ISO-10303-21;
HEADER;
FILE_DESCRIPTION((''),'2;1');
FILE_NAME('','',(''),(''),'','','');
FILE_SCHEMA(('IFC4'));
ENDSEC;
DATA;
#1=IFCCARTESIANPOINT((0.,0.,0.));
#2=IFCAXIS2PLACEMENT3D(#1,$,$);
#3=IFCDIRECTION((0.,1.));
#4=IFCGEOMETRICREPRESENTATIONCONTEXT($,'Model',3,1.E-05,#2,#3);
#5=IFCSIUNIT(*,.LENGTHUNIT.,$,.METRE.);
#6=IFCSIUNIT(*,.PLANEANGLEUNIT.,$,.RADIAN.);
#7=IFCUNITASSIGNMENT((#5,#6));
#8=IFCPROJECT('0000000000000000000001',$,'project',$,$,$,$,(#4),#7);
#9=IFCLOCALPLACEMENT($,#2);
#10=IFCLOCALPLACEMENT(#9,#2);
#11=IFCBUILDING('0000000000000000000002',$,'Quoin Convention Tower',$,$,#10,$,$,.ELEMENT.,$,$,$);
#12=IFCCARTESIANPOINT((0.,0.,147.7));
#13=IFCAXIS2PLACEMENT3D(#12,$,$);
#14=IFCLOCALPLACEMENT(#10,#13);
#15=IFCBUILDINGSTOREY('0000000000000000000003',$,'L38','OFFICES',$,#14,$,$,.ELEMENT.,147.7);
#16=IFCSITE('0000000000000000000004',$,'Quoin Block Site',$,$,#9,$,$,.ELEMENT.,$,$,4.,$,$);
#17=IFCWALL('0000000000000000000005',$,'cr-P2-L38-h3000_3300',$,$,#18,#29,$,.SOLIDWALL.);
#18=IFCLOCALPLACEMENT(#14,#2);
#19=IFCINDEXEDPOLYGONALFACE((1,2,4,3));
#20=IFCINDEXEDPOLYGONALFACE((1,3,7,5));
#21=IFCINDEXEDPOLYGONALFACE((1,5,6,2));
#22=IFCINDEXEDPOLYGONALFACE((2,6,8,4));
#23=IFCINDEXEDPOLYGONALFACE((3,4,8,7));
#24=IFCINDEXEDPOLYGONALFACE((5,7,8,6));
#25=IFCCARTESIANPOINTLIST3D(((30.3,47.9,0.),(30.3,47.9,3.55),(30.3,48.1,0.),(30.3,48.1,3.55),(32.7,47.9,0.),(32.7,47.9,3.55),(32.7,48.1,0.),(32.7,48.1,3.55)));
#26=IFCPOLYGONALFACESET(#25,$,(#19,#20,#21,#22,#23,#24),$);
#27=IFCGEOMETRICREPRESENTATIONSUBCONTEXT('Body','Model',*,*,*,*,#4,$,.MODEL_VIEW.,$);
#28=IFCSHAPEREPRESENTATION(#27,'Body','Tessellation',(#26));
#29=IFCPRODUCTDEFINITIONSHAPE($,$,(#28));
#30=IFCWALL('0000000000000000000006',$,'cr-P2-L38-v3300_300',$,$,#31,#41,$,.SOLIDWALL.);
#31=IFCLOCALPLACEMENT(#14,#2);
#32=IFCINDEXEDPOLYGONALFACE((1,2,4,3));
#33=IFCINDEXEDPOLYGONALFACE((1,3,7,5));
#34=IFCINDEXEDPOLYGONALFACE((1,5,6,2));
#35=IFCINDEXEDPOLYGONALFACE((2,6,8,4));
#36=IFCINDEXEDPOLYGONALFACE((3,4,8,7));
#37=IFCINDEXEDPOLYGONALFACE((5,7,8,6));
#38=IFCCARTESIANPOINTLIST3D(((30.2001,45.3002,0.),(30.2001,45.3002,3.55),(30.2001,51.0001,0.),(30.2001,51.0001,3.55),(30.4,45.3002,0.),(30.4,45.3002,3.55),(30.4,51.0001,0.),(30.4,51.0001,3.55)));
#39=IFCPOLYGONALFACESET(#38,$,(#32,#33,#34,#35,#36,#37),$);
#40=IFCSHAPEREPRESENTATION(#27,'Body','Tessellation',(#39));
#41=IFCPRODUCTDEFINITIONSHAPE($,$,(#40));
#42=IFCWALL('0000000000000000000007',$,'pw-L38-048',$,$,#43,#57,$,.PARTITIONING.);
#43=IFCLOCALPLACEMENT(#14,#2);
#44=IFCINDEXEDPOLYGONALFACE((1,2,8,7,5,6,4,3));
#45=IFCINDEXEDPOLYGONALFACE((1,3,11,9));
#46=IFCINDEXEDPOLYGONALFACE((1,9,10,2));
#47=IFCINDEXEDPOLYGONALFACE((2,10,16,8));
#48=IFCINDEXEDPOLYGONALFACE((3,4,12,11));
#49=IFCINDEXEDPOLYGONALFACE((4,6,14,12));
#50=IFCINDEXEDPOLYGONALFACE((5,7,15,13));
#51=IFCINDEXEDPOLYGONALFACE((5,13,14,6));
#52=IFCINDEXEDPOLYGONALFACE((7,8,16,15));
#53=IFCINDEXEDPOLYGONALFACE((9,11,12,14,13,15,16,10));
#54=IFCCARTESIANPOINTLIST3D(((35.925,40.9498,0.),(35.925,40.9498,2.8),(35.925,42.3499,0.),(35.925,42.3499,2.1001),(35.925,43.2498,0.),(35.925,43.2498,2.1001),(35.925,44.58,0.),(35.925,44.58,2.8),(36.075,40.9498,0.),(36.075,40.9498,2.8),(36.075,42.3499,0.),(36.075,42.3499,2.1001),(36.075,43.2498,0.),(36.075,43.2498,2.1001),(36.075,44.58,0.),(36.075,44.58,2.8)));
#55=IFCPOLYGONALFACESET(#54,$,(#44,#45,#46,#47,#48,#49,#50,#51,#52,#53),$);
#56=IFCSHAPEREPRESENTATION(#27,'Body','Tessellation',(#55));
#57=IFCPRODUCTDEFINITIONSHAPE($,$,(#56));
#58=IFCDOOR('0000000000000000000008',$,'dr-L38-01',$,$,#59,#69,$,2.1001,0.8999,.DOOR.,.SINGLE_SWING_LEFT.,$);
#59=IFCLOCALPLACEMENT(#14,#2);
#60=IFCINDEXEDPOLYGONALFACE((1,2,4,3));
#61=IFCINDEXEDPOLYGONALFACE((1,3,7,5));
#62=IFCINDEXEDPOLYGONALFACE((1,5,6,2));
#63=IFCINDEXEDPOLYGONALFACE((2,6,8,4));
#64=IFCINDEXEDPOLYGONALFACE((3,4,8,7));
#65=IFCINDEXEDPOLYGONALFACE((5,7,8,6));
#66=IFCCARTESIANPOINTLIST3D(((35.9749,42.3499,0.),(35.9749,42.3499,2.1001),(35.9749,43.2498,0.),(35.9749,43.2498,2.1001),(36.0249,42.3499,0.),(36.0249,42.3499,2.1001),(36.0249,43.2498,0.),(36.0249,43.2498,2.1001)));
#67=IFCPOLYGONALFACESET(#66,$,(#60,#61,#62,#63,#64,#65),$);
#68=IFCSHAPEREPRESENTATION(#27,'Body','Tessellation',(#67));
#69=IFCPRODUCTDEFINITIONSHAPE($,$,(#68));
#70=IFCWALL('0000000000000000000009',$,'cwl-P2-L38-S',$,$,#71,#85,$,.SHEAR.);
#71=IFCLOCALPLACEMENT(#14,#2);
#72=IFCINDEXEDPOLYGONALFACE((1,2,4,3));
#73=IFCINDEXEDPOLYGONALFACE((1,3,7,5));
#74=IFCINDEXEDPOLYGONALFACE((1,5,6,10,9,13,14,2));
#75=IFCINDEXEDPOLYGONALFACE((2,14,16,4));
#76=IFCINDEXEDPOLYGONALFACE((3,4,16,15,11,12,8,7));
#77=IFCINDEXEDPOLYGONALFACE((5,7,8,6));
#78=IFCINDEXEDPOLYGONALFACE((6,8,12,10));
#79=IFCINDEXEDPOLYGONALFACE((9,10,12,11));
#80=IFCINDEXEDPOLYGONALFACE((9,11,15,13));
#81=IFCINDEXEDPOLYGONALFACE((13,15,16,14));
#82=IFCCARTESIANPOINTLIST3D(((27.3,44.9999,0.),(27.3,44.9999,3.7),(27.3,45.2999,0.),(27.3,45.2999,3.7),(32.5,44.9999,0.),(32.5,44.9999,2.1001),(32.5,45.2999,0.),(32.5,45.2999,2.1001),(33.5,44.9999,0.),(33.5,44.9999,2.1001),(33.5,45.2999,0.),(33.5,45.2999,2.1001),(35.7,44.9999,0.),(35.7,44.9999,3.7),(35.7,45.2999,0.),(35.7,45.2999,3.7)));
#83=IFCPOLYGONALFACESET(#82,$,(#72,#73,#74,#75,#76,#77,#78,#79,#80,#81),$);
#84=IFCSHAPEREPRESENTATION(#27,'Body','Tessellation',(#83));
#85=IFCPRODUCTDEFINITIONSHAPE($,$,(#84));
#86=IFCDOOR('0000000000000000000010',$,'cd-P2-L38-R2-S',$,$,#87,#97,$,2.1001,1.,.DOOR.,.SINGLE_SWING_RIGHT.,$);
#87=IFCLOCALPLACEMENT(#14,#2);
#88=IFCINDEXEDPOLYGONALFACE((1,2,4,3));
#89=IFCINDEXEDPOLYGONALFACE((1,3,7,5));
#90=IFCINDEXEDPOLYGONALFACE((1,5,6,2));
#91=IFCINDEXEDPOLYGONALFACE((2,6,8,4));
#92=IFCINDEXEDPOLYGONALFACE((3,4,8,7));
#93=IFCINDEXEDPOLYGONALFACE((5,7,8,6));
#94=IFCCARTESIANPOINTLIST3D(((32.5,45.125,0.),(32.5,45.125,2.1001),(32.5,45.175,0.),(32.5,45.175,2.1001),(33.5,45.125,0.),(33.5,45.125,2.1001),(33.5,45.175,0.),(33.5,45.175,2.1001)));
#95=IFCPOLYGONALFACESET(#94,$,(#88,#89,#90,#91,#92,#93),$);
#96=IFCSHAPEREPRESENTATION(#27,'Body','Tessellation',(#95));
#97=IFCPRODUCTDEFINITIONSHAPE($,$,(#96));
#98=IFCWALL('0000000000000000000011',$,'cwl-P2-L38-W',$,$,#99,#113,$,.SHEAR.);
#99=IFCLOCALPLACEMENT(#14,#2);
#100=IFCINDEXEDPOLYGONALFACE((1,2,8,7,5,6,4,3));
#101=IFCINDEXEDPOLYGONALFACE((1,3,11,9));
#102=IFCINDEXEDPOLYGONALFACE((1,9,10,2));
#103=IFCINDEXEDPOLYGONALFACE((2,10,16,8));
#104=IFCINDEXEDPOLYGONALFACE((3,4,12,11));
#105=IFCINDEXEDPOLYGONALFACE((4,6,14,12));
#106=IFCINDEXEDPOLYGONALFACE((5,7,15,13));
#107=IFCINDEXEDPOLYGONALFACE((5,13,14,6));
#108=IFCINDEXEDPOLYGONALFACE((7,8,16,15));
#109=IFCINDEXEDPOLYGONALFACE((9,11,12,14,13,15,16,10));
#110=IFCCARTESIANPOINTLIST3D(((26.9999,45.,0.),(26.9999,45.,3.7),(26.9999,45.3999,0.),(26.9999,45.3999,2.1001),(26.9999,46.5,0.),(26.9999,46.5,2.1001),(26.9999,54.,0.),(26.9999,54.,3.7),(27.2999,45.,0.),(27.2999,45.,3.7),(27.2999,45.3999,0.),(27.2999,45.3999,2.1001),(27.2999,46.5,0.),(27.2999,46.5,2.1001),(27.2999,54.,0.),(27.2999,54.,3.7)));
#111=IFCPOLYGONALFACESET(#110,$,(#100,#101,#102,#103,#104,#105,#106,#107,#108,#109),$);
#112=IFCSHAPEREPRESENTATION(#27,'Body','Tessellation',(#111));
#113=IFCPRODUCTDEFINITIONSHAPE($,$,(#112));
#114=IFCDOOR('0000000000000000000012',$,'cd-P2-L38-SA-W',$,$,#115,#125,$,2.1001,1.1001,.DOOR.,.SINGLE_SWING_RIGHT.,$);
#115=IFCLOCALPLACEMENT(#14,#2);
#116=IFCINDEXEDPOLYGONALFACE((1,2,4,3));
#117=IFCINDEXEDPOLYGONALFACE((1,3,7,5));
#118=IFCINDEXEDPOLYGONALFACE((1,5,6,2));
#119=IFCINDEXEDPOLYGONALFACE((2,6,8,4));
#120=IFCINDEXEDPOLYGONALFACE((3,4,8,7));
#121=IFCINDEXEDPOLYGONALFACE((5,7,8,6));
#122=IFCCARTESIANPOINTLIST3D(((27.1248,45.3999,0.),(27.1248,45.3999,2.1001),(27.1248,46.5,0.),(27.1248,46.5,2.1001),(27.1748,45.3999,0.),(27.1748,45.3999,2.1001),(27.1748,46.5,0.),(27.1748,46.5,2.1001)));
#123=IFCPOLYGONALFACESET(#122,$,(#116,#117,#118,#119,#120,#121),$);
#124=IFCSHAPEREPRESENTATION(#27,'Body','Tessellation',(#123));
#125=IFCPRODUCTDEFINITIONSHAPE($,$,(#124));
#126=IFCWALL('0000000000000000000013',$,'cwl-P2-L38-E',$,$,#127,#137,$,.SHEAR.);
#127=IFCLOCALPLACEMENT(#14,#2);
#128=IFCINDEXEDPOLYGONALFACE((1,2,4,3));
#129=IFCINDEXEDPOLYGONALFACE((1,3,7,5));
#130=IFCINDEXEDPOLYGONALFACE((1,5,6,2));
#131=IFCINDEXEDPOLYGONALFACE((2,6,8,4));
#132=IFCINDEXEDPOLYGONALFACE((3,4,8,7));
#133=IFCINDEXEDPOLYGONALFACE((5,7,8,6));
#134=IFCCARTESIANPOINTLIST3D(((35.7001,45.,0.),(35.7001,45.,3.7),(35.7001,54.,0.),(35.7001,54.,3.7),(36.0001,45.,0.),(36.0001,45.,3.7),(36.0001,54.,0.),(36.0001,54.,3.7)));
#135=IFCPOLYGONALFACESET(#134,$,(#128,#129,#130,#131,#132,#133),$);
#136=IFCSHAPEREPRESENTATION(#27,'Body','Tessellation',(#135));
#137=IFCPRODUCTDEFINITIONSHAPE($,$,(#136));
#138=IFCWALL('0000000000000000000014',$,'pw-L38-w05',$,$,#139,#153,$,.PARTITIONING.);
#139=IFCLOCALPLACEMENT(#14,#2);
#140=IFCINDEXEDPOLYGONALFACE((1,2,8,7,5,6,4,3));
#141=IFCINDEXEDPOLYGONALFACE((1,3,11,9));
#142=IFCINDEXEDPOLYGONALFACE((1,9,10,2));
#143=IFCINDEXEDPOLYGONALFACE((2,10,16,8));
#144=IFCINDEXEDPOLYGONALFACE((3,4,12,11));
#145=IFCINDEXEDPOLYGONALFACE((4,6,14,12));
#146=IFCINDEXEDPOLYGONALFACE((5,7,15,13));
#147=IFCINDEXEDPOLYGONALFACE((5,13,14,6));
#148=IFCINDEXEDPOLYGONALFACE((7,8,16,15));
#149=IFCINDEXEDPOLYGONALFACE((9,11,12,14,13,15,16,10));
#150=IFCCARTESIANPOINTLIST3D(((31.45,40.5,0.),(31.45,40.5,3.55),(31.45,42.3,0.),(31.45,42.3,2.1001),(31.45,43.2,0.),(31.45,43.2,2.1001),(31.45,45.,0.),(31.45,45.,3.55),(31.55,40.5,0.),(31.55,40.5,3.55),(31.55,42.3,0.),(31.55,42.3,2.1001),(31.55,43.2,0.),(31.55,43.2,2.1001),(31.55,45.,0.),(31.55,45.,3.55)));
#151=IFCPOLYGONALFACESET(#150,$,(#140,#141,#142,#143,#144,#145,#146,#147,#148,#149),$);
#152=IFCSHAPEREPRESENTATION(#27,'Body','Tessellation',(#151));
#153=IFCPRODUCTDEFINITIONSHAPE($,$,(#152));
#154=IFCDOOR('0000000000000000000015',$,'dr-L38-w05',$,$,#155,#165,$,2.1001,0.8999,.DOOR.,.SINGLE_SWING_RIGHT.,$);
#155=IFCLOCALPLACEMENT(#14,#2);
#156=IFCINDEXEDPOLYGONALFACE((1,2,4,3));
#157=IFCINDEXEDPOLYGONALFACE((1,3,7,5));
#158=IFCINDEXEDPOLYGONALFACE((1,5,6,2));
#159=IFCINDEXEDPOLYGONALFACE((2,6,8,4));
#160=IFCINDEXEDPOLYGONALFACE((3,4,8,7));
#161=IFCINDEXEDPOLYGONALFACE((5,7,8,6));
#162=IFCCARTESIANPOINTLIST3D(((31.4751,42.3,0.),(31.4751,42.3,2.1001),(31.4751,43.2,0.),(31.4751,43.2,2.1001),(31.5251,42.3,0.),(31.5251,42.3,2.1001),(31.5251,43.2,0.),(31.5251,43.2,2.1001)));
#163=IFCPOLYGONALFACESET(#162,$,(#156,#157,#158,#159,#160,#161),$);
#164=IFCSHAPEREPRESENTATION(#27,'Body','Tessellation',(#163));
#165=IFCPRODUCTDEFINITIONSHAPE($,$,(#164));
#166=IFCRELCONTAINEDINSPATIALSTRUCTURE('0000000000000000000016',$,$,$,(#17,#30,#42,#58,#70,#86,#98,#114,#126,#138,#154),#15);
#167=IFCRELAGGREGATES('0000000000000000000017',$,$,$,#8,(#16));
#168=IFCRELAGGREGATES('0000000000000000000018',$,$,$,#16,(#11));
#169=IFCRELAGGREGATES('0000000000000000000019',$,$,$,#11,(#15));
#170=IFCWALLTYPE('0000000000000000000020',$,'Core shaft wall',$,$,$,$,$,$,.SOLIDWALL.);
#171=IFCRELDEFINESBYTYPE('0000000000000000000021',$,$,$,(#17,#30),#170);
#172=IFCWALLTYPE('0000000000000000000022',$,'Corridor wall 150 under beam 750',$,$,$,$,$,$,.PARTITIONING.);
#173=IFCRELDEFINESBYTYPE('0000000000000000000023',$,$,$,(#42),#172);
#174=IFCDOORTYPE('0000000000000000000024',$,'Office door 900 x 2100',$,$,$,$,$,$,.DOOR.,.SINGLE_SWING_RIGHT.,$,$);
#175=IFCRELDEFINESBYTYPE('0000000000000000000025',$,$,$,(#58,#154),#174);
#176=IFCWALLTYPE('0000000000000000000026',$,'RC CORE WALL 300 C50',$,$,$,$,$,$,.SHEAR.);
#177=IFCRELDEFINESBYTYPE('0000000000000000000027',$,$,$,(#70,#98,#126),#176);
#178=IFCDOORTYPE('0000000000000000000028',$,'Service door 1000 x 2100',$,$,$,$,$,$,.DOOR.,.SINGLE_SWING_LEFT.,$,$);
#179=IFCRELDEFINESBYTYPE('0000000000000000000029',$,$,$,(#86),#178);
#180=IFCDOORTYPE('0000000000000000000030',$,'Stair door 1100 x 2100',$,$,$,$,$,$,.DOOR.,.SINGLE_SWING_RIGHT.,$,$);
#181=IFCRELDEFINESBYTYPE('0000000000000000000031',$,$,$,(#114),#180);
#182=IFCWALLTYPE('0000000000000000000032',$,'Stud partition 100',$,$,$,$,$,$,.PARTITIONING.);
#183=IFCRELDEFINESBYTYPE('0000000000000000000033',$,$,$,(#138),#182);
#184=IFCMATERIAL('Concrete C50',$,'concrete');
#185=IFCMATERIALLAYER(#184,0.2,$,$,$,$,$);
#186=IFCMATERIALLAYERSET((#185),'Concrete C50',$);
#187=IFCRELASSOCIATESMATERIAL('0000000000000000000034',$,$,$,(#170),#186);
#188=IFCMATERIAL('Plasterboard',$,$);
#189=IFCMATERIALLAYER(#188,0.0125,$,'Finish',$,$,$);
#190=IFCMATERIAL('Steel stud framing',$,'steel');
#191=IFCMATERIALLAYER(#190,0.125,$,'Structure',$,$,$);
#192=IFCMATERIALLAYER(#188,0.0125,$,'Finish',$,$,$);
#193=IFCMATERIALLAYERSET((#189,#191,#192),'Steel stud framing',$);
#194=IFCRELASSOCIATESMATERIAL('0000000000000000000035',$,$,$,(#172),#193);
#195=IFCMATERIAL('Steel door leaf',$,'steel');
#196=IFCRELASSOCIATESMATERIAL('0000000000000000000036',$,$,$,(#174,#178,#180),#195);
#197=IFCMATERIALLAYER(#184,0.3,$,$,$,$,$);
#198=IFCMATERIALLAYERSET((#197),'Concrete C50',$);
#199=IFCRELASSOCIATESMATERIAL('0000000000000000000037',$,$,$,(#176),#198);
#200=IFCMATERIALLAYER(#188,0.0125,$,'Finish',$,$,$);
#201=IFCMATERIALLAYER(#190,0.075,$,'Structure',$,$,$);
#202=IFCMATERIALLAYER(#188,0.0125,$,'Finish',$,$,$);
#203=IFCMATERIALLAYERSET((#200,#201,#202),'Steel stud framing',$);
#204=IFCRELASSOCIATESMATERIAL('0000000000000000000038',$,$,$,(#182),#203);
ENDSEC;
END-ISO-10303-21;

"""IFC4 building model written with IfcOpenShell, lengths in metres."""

from ifc_helpers import new_model, si_unit, direction, frame, frame_2d, origin, place, context, subcontext, project, spatial, rectangle, extrude, material, layer, layer_set, type_object, element, fill, save


model = new_model("IFC4")

# Units and contexts
model_context = context("Model", 3, precision=1e-05, world=origin(), true_north=direction((0.0, 1.0)))
body_context = subcontext(model_context, "Body", "Model", "MODEL_VIEW")
ifc_project = project(units=[si_unit("LENGTHUNIT", "METRE"), si_unit("PLANEANGLEUNIT", "RADIAN")], contexts=[model_context])

# Site, building, storey
site_placement = place(None, origin())
site = spatial("IfcSite", under=ifc_project, at=site_placement, Name="Quoin Block Site", CompositionType="ELEMENT", RefElevation=4.0)
building_placement = place(site_placement, origin())
building = spatial("IfcBuilding", under=site, at=building_placement, Name="Quoin Convention Tower", CompositionType="ELEMENT")
storey_placement = place(building_placement, frame((0.0, 0.0, 147.7)))
storey = spatial("IfcBuildingStorey", under=building, at=storey_placement, Name="L38", Description="OFFICES", CompositionType="ELEMENT", Elevation=147.7)

# Shared definitions
ifc_material_1 = material(Name="Concrete C50", Category="concrete")

# Walls
ifc_layer_1 = layer(ifc_material_1, 0.2)
ifc_layer_set_1 = layer_set([ifc_layer_1], Name="Concrete C50")
wall_type_1 = type_object("IfcWallType", Name="Core shaft wall", PredefinedType="SOLIDWALL", material=ifc_layer_set_1)
wall_1_placement = place(storey_placement, frame((30.3, 48.0, 0.0), z_axis=(0.0, 0.0, 1.0), x_axis=(1.0, 0.0, 0.0)))
element("IfcWall", 1, at=wall_1_placement, inside=storey, type_object=wall_type_1, Name="cr-P2-L38-h3000_3300", PredefinedType="SOLIDWALL", context=body_context, shape_type="SweptSolid", body=[
    extrude(rectangle(XDim=2.3999, YDim=0.2, at=frame_2d((1.2, 0.0))), origin(), (0.0, 0.0, 1.0), 3.55),
])
wall_2_placement = place(storey_placement, frame((30.3, 45.3, 0.0), z_axis=(0.0, 0.0, 1.0), x_axis=(0.0, 1.0, 0.0)))
element("IfcWall", 2, at=wall_2_placement, inside=storey, type_object=wall_type_1, Name="cr-P2-L38-v3300_300", PredefinedType="SOLIDWALL", context=body_context, shape_type="SweptSolid", body=[
    extrude(rectangle(XDim=5.7, YDim=0.2, at=frame_2d((2.8501, 0.0))), origin(), (0.0, 0.0, 1.0), 3.55),
])

# Walls, openings, doors
ifc_material_2 = material(Name="Plasterboard")
ifc_layer_2 = layer(ifc_material_2, 0.0125, Name="Finish")
ifc_material_3 = material(Name="Steel stud framing", Category="steel")
ifc_layer_3 = layer(ifc_material_3, 0.125, Name="Structure")
ifc_layer_4 = layer(ifc_material_2, 0.0125, Name="Finish")
ifc_layer_set_2 = layer_set([ifc_layer_2, ifc_layer_3, ifc_layer_4], Name="Steel stud framing")
wall_type_2 = type_object("IfcWallType", Name="Corridor wall 150 under beam 750", PredefinedType="PARTITIONING", material=ifc_layer_set_2)
wall_3_placement = place(storey_placement, frame((36.0, 40.95, 0.0), z_axis=(0.0, 0.0, 1.0), x_axis=(0.0, 1.0, 0.0)))
wall_3 = element("IfcWall", 3, at=wall_3_placement, inside=storey, type_object=wall_type_2, Name="pw-L38-048", PredefinedType="PARTITIONING", context=body_context, shape_type="SweptSolid", body=[
    extrude(rectangle(XDim=3.6301, YDim=0.1499, at=frame_2d((1.8149, 0.0))), origin(), (0.0, 0.0, 1.0), 2.8),
])
opening_1_placement = place(wall_3_placement, frame((1.3999, 0.0, 0.0)))
opening_1 = element("IfcOpeningElement", 4, at=opening_1_placement, cuts=wall_3, PredefinedType="OPENING", context=body_context, shape_type="SweptSolid", body=[
    extrude(rectangle(XDim=0.8999, YDim=2.1001, at=frame_2d((0.45, 1.05))), frame((0.0, 0.085, 0.0), z_axis=(0.0, -1.0, 0.0), x_axis=(1.0, 0.0, 0.0)), (0.0, 0.0, 1.0), 0.1699),
])
ifc_material_4 = material(Name="Steel door leaf", Category="steel")
door_type_1 = type_object("IfcDoorType", Name="Office door 900 x 2100", OperationType="SINGLE_SWING_RIGHT", PredefinedType="DOOR", material=ifc_material_4)
door_1_placement = place(opening_1_placement, frame((0.8999, 0.0, 0.0), z_axis=(0.0, 0.0, 1.0), x_axis=(-1.0, 0.0, 0.0)))
door_1 = element("IfcDoor", 5, at=door_1_placement, inside=storey, type_object=door_type_1, Name="dr-L38-01", OperationType="SINGLE_SWING_LEFT", OverallHeight=2.1001, OverallWidth=0.8999, PredefinedType="DOOR", context=body_context, shape_type="SweptSolid", body=[
    extrude(rectangle(XDim=0.8999, YDim=2.1001, at=frame_2d((0.45, 1.05))), frame((0.0, 0.0249, 0.0), z_axis=(0.0, -1.0, 0.0), x_axis=(1.0, 0.0, 0.0)), (0.0, 0.0, 1.0), 0.05),
])
fill(opening_1, door_1)
ifc_layer_5 = layer(ifc_material_1, 0.3)
ifc_layer_set_3 = layer_set([ifc_layer_5], Name="Concrete C50")
wall_type_3 = type_object("IfcWallType", Name="RC CORE WALL 300 C50", PredefinedType="SHEAR", material=ifc_layer_set_3)
wall_4_placement = place(storey_placement, frame((27.3, 45.1499, 0.0), z_axis=(0.0, 0.0, 1.0), x_axis=(1.0, 0.0, 0.0)))
wall_4 = element("IfcWall", 6, at=wall_4_placement, inside=storey, type_object=wall_type_3, Name="cwl-P2-L38-S", PredefinedType="SHEAR", context=body_context, shape_type="SweptSolid", body=[
    extrude(rectangle(XDim=8.3999, YDim=0.3, at=frame_2d((4.2, 0.0))), origin(), (0.0, 0.0, 1.0), 3.7),
])
opening_2_placement = place(wall_4_placement, frame((5.2, 0.0, 0.0)))
opening_2 = element("IfcOpeningElement", 7, at=opening_2_placement, cuts=wall_4, PredefinedType="OPENING", context=body_context, shape_type="SweptSolid", body=[
    extrude(rectangle(XDim=1.0, YDim=2.1001, at=frame_2d((0.5, 1.05))), frame((0.0, 0.1599, 0.0), z_axis=(0.0, -1.0, 0.0), x_axis=(1.0, 0.0, 0.0)), (0.0, 0.0, 1.0), 0.3201),
])
door_type_2 = type_object("IfcDoorType", Name="Service door 1000 x 2100", OperationType="SINGLE_SWING_LEFT", PredefinedType="DOOR", material=ifc_material_4)
door_2_placement = place(opening_2_placement, frame((1.0, 0.0, 0.0), z_axis=(0.0, 0.0, 1.0), x_axis=(-1.0, 0.0, 0.0)))
door_2 = element("IfcDoor", 8, at=door_2_placement, inside=storey, type_object=door_type_2, Name="cd-P2-L38-R2-S", OperationType="SINGLE_SWING_RIGHT", OverallHeight=2.1001, OverallWidth=1.0, PredefinedType="DOOR", context=body_context, shape_type="SweptSolid", body=[
    extrude(rectangle(XDim=1.0, YDim=2.1001, at=frame_2d((0.5, 1.05))), frame((0.0, 0.0249, 0.0), z_axis=(0.0, -1.0, 0.0), x_axis=(1.0, 0.0, 0.0)), (0.0, 0.0, 1.0), 0.05),
])
fill(opening_2, door_2)
wall_5_placement = place(storey_placement, frame((27.1499, 45.0, 0.0), z_axis=(0.0, 0.0, 1.0), x_axis=(0.0, 1.0, 0.0)))
wall_5 = element("IfcWall", 9, at=wall_5_placement, inside=storey, type_object=wall_type_3, Name="cwl-P2-L38-W", PredefinedType="SHEAR", context=body_context, shape_type="SweptSolid", body=[
    extrude(rectangle(XDim=9.0, YDim=0.3, at=frame_2d((4.5, 0.0))), origin(), (0.0, 0.0, 1.0), 3.7),
])
opening_3_placement = place(wall_5_placement, frame((0.3999, 0.0, 0.0)))
opening_3 = element("IfcOpeningElement", 10, at=opening_3_placement, cuts=wall_5, PredefinedType="OPENING", context=body_context, shape_type="SweptSolid", body=[
    extrude(rectangle(XDim=1.1001, YDim=2.1001, at=frame_2d((0.55, 1.05))), frame((0.0, 0.1599, 0.0), z_axis=(0.0, -1.0, 0.0), x_axis=(1.0, 0.0, 0.0)), (0.0, 0.0, 1.0), 0.3201),
])
door_type_3 = type_object("IfcDoorType", Name="Stair door 1100 x 2100", OperationType="SINGLE_SWING_RIGHT", PredefinedType="DOOR", material=ifc_material_4)
door_3_placement = place(opening_3_placement, frame((1.1001, 0.0, 0.0), z_axis=(0.0, 0.0, 1.0), x_axis=(-1.0, 0.0, 0.0)))
door_3 = element("IfcDoor", 11, at=door_3_placement, inside=storey, type_object=door_type_3, Name="cd-P2-L38-SA-W", OperationType="SINGLE_SWING_RIGHT", OverallHeight=2.1001, OverallWidth=1.1001, PredefinedType="DOOR", context=body_context, shape_type="SweptSolid", body=[
    extrude(rectangle(XDim=1.1001, YDim=2.1001, at=frame_2d((0.55, 1.05))), frame((0.0, 0.0249, 0.0), z_axis=(0.0, -1.0, 0.0), x_axis=(1.0, 0.0, 0.0)), (0.0, 0.0, 1.0), 0.05),
])
fill(opening_3, door_3)

# Wall
wall_6_placement = place(storey_placement, frame((35.8501, 45.0, 0.0), z_axis=(0.0, 0.0, 1.0), x_axis=(0.0, 1.0, 0.0)))
element("IfcWall", 12, at=wall_6_placement, inside=storey, type_object=wall_type_3, Name="cwl-P2-L38-E", PredefinedType="SHEAR", context=body_context, shape_type="SweptSolid", body=[
    extrude(rectangle(XDim=9.0, YDim=0.3, at=frame_2d((4.5, 0.0))), origin(), (0.0, 0.0, 1.0), 3.7),
])

# Wall, opening, door
ifc_layer_6 = layer(ifc_material_2, 0.0125, Name="Finish")
ifc_layer_7 = layer(ifc_material_3, 0.075, Name="Structure")
ifc_layer_8 = layer(ifc_material_2, 0.0125, Name="Finish")
ifc_layer_set_4 = layer_set([ifc_layer_6, ifc_layer_7, ifc_layer_8], Name="Steel stud framing")
wall_type_4 = type_object("IfcWallType", Name="Stud partition 100", PredefinedType="PARTITIONING", material=ifc_layer_set_4)
wall_7_placement = place(storey_placement, frame((31.5, 45.0, 0.0), z_axis=(0.0, 0.0, 1.0), x_axis=(0.0, -1.0, 0.0)))
wall_7 = element("IfcWall", 13, at=wall_7_placement, inside=storey, type_object=wall_type_4, Name="pw-L38-w05", PredefinedType="PARTITIONING", context=body_context, shape_type="SweptSolid", body=[
    extrude(rectangle(XDim=4.5, YDim=0.1001, at=frame_2d((2.25, 0.0))), origin(), (0.0, 0.0, 1.0), 3.55),
])
opening_4_placement = place(wall_7_placement, frame((1.8, 0.0, 0.0)))
opening_4 = element("IfcOpeningElement", 14, at=opening_4_placement, cuts=wall_7, PredefinedType="OPENING", context=body_context, shape_type="SweptSolid", body=[
    extrude(rectangle(XDim=0.8999, YDim=2.1001, at=frame_2d((0.45, 1.05))), frame((0.0, 0.0601, 0.0), z_axis=(0.0, -1.0, 0.0), x_axis=(1.0, 0.0, 0.0)), (0.0, 0.0, 1.0), 0.1201),
])
door_4_placement = place(opening_4_placement, frame((0.8999, 0.0, 0.0), z_axis=(0.0, 0.0, 1.0), x_axis=(-1.0, 0.0, 0.0)))
door_4 = element("IfcDoor", 15, at=door_4_placement, inside=storey, type_object=door_type_1, Name="dr-L38-w05", OperationType="SINGLE_SWING_RIGHT", OverallHeight=2.1001, OverallWidth=0.8999, PredefinedType="DOOR", context=body_context, shape_type="SweptSolid", body=[
    extrude(rectangle(XDim=0.8999, YDim=2.1001, at=frame_2d((0.45, 1.05))), frame((0.0, 0.0249, 0.0), z_axis=(0.0, -1.0, 0.0), x_axis=(1.0, 0.0, 0.0)), (0.0, 0.0, 1.0), 0.05),
])
fill(opening_4, door_4)

save(model, "model.ifc")
